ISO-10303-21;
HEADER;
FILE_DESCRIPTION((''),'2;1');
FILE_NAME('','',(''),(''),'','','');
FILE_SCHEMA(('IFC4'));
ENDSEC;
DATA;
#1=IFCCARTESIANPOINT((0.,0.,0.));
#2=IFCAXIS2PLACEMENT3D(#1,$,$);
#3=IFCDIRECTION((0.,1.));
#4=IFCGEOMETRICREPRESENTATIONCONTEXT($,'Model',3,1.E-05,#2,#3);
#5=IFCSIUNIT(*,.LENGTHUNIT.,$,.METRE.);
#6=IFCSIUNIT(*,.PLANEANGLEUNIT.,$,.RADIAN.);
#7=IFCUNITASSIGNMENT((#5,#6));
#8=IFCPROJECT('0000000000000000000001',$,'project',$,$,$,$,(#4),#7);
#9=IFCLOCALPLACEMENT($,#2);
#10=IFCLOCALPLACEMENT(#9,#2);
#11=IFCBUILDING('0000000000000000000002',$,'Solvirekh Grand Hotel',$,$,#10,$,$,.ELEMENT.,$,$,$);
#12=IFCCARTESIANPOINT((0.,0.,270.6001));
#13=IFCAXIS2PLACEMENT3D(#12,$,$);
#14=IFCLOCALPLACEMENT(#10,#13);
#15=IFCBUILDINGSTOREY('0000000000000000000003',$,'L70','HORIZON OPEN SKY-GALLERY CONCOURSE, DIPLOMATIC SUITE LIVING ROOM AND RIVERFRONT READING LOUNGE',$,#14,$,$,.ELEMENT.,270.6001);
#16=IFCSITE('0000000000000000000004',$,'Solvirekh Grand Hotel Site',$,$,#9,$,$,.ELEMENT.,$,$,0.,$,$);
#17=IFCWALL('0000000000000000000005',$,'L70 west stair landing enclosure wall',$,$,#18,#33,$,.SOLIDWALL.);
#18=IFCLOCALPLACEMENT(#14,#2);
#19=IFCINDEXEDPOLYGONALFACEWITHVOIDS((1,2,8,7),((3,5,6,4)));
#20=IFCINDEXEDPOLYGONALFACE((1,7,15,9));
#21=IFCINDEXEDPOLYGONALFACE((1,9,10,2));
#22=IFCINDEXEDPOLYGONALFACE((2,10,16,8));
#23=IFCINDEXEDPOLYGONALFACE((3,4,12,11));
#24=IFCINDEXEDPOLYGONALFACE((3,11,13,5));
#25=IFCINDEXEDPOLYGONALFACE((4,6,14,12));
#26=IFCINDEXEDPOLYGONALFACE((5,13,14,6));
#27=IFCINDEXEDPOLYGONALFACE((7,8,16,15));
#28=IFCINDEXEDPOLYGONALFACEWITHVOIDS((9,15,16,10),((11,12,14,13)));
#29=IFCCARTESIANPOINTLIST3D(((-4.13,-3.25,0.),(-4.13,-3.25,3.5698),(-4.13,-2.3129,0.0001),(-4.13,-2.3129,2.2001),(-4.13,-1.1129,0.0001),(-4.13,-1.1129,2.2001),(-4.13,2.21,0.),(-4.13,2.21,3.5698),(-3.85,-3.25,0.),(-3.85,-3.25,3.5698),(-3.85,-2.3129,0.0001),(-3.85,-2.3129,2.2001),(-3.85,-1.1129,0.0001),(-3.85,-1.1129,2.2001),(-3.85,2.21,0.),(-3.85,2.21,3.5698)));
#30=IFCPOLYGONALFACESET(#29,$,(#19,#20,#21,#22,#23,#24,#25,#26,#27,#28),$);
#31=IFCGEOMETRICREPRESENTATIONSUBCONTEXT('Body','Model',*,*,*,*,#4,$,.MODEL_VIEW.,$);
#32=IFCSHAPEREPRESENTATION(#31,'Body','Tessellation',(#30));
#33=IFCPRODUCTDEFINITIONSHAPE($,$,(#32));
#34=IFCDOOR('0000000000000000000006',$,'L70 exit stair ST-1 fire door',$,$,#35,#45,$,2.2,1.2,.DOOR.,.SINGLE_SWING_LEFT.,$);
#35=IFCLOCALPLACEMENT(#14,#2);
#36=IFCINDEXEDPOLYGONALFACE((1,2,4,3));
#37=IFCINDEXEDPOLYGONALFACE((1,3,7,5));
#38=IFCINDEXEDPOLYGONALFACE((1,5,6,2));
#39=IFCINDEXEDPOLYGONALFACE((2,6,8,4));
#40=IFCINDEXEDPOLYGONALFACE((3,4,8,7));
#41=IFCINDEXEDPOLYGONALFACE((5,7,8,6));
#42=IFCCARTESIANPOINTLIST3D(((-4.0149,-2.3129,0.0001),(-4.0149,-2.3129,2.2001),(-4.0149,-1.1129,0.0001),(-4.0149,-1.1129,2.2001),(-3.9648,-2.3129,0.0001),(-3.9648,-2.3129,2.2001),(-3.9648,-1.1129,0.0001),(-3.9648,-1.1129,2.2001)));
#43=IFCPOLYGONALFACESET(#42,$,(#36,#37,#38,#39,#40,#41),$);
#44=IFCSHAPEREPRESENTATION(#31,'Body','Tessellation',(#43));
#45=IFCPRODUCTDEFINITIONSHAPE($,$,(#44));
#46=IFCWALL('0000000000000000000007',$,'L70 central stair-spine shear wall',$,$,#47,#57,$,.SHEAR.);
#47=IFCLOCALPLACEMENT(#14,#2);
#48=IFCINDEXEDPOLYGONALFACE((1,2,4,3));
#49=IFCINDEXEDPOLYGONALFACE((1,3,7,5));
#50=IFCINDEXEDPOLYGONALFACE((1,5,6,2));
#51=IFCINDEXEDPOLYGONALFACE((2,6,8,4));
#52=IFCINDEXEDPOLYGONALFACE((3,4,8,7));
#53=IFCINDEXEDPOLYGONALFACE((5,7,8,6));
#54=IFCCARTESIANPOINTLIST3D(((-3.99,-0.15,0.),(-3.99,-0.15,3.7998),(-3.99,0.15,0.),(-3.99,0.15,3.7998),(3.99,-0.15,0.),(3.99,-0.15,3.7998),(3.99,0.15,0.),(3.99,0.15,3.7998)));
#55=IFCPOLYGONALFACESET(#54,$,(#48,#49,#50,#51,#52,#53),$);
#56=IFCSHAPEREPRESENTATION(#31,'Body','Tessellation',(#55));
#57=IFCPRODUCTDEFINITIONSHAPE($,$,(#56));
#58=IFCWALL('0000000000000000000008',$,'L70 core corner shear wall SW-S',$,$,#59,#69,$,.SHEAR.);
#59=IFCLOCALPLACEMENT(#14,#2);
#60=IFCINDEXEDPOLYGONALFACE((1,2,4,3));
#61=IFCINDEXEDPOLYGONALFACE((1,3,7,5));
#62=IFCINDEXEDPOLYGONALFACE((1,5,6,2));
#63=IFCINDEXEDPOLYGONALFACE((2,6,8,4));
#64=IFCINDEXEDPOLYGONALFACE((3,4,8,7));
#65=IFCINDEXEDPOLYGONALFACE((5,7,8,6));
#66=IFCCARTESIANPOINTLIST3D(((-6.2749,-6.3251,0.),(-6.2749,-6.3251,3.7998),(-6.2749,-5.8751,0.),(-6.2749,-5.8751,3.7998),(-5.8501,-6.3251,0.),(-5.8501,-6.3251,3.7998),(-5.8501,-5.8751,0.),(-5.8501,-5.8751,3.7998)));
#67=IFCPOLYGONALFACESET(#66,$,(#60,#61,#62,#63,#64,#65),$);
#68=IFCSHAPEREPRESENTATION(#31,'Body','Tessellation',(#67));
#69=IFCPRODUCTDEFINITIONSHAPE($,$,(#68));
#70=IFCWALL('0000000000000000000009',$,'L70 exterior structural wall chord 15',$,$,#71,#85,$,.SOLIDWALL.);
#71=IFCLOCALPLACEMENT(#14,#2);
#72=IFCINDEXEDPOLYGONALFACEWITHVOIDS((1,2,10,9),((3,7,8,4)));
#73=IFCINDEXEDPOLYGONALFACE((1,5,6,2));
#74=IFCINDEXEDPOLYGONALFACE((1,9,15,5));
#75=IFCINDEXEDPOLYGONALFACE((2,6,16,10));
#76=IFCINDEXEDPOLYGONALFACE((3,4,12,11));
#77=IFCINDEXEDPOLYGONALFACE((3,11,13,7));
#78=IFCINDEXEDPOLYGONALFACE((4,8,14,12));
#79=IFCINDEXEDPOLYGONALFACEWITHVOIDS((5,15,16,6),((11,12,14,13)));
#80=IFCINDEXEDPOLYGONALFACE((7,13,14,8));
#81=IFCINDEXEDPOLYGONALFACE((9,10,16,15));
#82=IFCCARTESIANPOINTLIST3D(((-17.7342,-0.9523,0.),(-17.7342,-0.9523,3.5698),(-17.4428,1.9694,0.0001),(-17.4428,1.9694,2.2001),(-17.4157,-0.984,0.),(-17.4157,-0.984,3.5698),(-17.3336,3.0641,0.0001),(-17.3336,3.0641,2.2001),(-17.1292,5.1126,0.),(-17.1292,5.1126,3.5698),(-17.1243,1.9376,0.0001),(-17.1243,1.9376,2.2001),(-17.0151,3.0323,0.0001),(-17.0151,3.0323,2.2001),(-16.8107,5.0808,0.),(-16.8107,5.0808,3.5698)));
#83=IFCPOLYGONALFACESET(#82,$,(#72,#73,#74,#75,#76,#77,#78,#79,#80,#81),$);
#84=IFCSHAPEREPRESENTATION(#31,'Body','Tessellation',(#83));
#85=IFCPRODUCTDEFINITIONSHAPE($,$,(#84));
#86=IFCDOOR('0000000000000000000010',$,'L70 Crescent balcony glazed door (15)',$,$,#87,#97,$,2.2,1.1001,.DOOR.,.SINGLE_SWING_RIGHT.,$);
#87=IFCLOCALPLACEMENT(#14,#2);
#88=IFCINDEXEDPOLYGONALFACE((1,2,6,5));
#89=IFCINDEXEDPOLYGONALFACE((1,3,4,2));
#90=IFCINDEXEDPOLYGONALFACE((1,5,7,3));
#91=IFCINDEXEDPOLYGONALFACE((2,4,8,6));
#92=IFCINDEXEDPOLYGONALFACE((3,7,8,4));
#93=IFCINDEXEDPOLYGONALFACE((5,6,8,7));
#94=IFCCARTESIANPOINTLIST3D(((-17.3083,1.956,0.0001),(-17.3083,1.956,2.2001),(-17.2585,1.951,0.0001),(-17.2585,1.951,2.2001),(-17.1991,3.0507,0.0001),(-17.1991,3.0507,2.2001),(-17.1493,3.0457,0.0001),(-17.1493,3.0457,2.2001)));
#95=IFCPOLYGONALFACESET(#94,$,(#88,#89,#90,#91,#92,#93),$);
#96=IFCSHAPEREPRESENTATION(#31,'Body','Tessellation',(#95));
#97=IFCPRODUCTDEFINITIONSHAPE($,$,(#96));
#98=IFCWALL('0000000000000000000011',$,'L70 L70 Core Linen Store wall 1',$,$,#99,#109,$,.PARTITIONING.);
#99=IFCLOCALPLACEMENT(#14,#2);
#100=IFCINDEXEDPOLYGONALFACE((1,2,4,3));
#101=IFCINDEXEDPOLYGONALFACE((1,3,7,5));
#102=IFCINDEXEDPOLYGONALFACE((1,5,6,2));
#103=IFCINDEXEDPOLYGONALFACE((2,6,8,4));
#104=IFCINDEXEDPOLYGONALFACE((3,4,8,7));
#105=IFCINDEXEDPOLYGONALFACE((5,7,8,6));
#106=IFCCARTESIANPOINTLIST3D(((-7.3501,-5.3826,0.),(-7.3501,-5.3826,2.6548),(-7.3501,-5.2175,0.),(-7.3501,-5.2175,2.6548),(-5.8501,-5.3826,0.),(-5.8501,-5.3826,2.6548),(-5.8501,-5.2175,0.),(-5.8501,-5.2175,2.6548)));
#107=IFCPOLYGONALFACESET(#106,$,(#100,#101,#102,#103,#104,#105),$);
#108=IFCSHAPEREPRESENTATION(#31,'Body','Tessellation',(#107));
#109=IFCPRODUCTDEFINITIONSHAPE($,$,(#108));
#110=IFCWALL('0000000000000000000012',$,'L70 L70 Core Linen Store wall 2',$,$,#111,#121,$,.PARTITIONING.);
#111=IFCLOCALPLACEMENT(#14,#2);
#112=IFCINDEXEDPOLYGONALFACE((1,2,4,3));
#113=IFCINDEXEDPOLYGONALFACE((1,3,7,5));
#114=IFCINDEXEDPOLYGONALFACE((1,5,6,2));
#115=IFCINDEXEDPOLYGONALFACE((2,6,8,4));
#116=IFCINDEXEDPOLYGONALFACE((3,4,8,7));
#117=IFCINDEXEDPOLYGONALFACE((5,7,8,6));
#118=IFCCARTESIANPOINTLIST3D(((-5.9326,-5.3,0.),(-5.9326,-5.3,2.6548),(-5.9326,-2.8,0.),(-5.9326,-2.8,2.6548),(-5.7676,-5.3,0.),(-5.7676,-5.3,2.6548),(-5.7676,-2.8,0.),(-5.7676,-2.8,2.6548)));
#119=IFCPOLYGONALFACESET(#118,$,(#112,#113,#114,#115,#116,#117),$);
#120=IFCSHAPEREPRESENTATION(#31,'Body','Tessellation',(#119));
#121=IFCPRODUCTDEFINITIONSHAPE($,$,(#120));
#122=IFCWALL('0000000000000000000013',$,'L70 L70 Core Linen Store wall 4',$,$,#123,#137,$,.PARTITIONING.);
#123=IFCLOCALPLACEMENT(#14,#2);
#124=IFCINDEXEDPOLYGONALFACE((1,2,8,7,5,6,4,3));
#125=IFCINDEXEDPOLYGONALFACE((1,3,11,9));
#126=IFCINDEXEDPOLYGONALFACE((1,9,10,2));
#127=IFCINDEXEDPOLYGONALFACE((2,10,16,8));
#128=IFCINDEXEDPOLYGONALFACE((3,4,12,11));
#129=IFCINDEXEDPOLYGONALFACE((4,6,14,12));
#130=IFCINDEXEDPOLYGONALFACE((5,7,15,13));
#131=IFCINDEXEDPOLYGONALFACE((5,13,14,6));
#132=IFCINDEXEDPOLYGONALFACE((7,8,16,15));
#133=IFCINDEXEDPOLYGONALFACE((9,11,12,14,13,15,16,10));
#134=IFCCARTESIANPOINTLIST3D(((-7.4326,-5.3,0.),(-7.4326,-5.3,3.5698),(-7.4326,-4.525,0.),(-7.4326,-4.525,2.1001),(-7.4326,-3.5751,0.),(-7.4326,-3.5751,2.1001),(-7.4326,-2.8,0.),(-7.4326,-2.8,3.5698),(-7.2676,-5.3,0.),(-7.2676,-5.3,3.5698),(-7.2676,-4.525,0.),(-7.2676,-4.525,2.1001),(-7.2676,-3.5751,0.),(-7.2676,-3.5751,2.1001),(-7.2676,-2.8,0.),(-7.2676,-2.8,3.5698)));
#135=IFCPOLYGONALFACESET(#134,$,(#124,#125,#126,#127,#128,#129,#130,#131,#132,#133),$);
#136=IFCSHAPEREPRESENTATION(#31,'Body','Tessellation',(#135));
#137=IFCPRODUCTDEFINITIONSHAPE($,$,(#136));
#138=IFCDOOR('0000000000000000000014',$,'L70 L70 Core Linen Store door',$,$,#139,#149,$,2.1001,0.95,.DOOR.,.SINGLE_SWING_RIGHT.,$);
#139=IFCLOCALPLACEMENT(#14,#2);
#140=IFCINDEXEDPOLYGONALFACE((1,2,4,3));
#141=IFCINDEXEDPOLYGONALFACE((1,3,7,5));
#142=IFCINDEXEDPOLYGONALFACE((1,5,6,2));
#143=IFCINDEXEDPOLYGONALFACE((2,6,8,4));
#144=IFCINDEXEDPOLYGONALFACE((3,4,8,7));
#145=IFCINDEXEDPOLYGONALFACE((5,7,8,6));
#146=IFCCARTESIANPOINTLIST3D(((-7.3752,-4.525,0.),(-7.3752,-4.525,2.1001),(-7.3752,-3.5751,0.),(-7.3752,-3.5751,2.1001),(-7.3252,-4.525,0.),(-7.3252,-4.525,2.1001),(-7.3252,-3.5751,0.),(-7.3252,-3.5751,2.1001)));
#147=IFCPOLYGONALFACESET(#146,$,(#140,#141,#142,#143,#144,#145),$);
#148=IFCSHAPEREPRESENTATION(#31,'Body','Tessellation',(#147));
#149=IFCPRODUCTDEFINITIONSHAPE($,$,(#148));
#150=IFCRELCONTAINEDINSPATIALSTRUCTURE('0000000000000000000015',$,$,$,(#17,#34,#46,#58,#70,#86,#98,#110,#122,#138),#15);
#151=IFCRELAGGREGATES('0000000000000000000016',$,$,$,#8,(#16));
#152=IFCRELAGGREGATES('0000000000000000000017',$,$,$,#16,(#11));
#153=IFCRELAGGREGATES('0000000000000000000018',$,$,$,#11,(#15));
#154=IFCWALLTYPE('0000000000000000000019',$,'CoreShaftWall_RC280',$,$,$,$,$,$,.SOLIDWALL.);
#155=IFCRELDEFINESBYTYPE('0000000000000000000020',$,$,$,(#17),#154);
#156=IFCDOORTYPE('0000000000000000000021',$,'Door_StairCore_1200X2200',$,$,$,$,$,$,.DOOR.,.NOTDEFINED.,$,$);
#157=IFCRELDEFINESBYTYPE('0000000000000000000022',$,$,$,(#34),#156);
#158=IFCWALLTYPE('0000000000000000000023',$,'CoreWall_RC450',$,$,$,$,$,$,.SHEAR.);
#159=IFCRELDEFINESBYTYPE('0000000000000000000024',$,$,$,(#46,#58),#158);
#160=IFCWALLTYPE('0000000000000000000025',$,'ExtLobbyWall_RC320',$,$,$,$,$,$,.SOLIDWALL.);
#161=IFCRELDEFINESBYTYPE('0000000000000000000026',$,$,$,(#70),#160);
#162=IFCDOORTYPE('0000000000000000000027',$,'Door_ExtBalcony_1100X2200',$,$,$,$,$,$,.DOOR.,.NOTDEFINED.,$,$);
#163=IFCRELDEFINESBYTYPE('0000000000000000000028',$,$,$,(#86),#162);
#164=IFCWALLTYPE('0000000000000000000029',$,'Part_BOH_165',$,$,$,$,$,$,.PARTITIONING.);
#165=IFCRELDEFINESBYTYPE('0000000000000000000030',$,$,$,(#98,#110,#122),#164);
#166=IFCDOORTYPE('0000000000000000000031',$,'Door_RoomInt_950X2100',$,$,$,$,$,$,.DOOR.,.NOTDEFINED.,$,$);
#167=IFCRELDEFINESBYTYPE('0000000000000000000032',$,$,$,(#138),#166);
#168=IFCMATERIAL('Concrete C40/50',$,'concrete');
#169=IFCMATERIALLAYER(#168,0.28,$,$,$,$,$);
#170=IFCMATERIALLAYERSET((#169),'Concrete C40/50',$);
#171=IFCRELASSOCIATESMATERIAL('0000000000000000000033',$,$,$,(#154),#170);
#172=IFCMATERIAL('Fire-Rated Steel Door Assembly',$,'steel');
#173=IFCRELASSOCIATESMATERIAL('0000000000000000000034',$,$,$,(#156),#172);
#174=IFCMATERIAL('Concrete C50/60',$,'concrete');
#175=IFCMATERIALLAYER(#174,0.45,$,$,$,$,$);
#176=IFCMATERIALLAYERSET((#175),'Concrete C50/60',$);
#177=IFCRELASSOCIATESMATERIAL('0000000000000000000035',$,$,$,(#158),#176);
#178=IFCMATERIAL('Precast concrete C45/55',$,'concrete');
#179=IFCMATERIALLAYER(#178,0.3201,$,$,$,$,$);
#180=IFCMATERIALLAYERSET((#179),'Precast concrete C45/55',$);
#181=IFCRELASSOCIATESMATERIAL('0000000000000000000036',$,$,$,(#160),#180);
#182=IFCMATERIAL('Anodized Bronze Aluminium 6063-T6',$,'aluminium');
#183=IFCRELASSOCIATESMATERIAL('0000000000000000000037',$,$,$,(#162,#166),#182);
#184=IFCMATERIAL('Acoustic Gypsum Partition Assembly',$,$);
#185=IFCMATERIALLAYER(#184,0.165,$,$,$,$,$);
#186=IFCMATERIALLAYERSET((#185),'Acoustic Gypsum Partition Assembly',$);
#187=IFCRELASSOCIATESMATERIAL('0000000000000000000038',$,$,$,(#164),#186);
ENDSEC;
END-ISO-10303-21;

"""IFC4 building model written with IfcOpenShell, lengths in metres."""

from ifc_helpers import new_model, si_unit, direction, frame, frame_2d, origin, place, context, subcontext, project, spatial, rectangle, extrude, material, layer, layer_set, type_object, element, fill, save


model = new_model("IFC4")

# Units and contexts
model_context = context("Model", 3, precision=1e-05, world=origin(), true_north=direction((0.0, 1.0)))
body_context = subcontext(model_context, "Body", "Model", "MODEL_VIEW")
ifc_project = project(units=[si_unit("LENGTHUNIT", "METRE"), si_unit("PLANEANGLEUNIT", "RADIAN")], contexts=[model_context])

# Site, building, storey
site_placement = place(None, origin())
site = spatial("IfcSite", under=ifc_project, at=site_placement, Name="Solvirekh Grand Hotel Site", CompositionType="ELEMENT", RefElevation=0.0)
building_placement = place(site_placement, origin())
building = spatial("IfcBuilding", under=site, at=building_placement, Name="Solvirekh Grand Hotel", CompositionType="ELEMENT")
storey_placement = place(building_placement, frame((0.0, 0.0, 270.6001)))
storey = spatial("IfcBuildingStorey", under=building, at=storey_placement, Name="L70", Description="HORIZON OPEN SKY-GALLERY CONCOURSE, DIPLOMATIC SUITE LIVING ROOM AND RIVERFRONT READING LOUNGE", CompositionType="ELEMENT", Elevation=270.6001)

# Shared definitions
ifc_material_1 = material(Name="Concrete C50/60", Category="concrete")

# Shared definitions
ifc_material_2 = material(Name="Concrete C40/50", Category="concrete")

# Wall, opening, door
ifc_layer_1 = layer(ifc_material_2, 0.28)
ifc_layer_set_1 = layer_set([ifc_layer_1], Name="Concrete C40/50")
wall_type_1 = type_object("IfcWallType", Name="CoreShaftWall_RC280", PredefinedType="SOLIDWALL", material=ifc_layer_set_1)
wall_1_placement = place(storey_placement, frame((-3.99, -3.25, 0.0), z_axis=(0.0, 0.0, 1.0), x_axis=(0.0, 1.0, 0.0)))
wall_1 = element("IfcWall", 1, at=wall_1_placement, inside=storey, type_object=wall_type_1, Name="L70 west stair landing enclosure wall", PredefinedType="SOLIDWALL", context=body_context, shape_type="SweptSolid", body=[
    extrude(rectangle(XDim=5.46, YDim=0.28, at=frame_2d((2.73, 0.0))), origin(), (0.0, 0.0, 1.0), 3.5698),
])
opening_1_placement = place(wall_1_placement, frame((0.937, 0.0, 0.0)))
opening_1 = element("IfcOpeningElement", 2, at=opening_1_placement, cuts=wall_1, PredefinedType="OPENING", context=body_context, shape_type="SweptSolid", body=[
    extrude(rectangle(XDim=1.2, YDim=2.2, at=frame_2d((0.6001, 1.1001))), frame((0.0, 0.1499, 0.0), z_axis=(0.0, -1.0, 0.0), x_axis=(1.0, 0.0, 0.0)), (0.0, 0.0, 1.0), 0.3),
])
ifc_material_3 = material(Name="Fire-Rated Steel Door Assembly", Category="steel")
door_type_1 = type_object("IfcDoorType", Name="Door_StairCore_1200X2200", OperationType="NOTDEFINED", PredefinedType="DOOR", material=ifc_material_3)
door_1_placement = place(opening_1_placement, origin())
door_1 = element("IfcDoor", 3, at=door_1_placement, inside=storey, type_object=door_type_1, Name="L70 exit stair ST-1 fire door", OperationType="SINGLE_SWING_LEFT", OverallHeight=2.2, OverallWidth=1.2, PredefinedType="DOOR", context=body_context, shape_type="SweptSolid", body=[
    extrude(rectangle(XDim=1.2, YDim=2.2, at=frame_2d((0.6001, 1.1001))), frame((0.0, 0.0249, 0.0), z_axis=(0.0, -1.0, 0.0), x_axis=(1.0, 0.0, 0.0)), (0.0, 0.0, 1.0), 0.05),
])
fill(opening_1, door_1)

# Walls
ifc_layer_2 = layer(ifc_material_1, 0.45)
ifc_layer_set_2 = layer_set([ifc_layer_2], Name="Concrete C50/60")
wall_type_2 = type_object("IfcWallType", Name="CoreWall_RC450", PredefinedType="SHEAR", material=ifc_layer_set_2)
wall_2_placement = place(storey_placement, frame((-3.99, 0.0, 0.0), z_axis=(0.0, 0.0, 1.0), x_axis=(1.0, 0.0, 0.0)))
element("IfcWall", 4, at=wall_2_placement, inside=storey, type_object=wall_type_2, Name="L70 central stair-spine shear wall", PredefinedType="SHEAR", context=body_context, shape_type="SweptSolid", body=[
    extrude(rectangle(XDim=7.98, YDim=0.3, at=frame_2d((3.99, 0.0))), origin(), (0.0, 0.0, 1.0), 3.7998),
])
wall_3_placement = place(storey_placement, frame((-6.2749, -6.1001, 0.0), z_axis=(0.0, 0.0, 1.0), x_axis=(1.0, 0.0, 0.0)))
element("IfcWall", 5, at=wall_3_placement, inside=storey, type_object=wall_type_2, Name="L70 core corner shear wall SW-S", PredefinedType="SHEAR", context=body_context, shape_type="SweptSolid", body=[
    extrude(rectangle(XDim=0.4248, YDim=0.45, at=frame_2d((0.2124, 0.0))), origin(), (0.0, 0.0, 1.0), 3.7998),
])

# Wall, opening, door
ifc_material_4 = material(Name="Precast concrete C45/55", Category="concrete")
ifc_layer_3 = layer(ifc_material_4, 0.3201)
ifc_layer_set_3 = layer_set([ifc_layer_3], Name="Precast concrete C45/55")
wall_type_3 = type_object("IfcWallType", Name="ExtLobbyWall_RC320", PredefinedType="SOLIDWALL", material=ifc_layer_set_3)
wall_4_placement = place(storey_placement, frame((-17.575, -0.968, 0.0), z_axis=(0.0, 0.0, 1.0), x_axis=(0.099258, 0.995062, 0.0)))
wall_4 = element("IfcWall", 6, at=wall_4_placement, inside=storey, type_object=wall_type_3, Name="L70 exterior structural wall chord 15", PredefinedType="SOLIDWALL", context=body_context, shape_type="SweptSolid", body=[
    extrude(rectangle(XDim=6.095, YDim=0.3201, at=frame_2d((3.0474, 0.0))), origin(), (0.0, 0.0, 1.0), 3.5698),
])
opening_2_placement = place(wall_4_placement, frame((2.936, 0.0, 0.0)))
opening_2 = element("IfcOpeningElement", 7, at=opening_2_placement, cuts=wall_4, PredefinedType="OPENING", context=body_context, shape_type="SweptSolid", body=[
    extrude(rectangle(XDim=1.1001, YDim=2.2, at=frame_2d((0.55, 1.1001))), frame((0.0, 0.1699, 0.0), z_axis=(0.0, -1.0, 0.0), x_axis=(1.0, 0.0, 0.0)), (0.0, 0.0, 1.0), 0.3401),
])
ifc_material_5 = material(Name="Anodized Bronze Aluminium 6063-T6", Category="aluminium")
door_type_2 = type_object("IfcDoorType", Name="Door_ExtBalcony_1100X2200", OperationType="NOTDEFINED", PredefinedType="DOOR", material=ifc_material_5)
door_2_placement = place(opening_2_placement, origin())
door_2 = element("IfcDoor", 8, at=door_2_placement, inside=storey, type_object=door_type_2, Name="L70 Crescent balcony glazed door (15)", OperationType="SINGLE_SWING_RIGHT", OverallHeight=2.2, OverallWidth=1.1001, PredefinedType="DOOR", context=body_context, shape_type="SweptSolid", body=[
    extrude(rectangle(XDim=1.1001, YDim=2.2, at=frame_2d((0.55, 1.1001))), frame((0.0, 0.0249, 0.0), z_axis=(0.0, -1.0, 0.0), x_axis=(1.0, 0.0, 0.0)), (0.0, 0.0, 1.0), 0.05),
])
fill(opening_2, door_2)

# Walls
ifc_material_6 = material(Name="Acoustic Gypsum Partition Assembly")
ifc_layer_4 = layer(ifc_material_6, 0.165)
ifc_layer_set_4 = layer_set([ifc_layer_4], Name="Acoustic Gypsum Partition Assembly")
wall_type_4 = type_object("IfcWallType", Name="Part_BOH_165", PredefinedType="PARTITIONING", material=ifc_layer_set_4)
wall_5_placement = place(storey_placement, frame((-7.3501, -5.3, 0.0), z_axis=(0.0, 0.0, 1.0), x_axis=(1.0, 0.0, 0.0)))
element("IfcWall", 9, at=wall_5_placement, inside=storey, type_object=wall_type_4, Name="L70 L70 Core Linen Store wall 1", PredefinedType="PARTITIONING", context=body_context, shape_type="SweptSolid", body=[
    extrude(rectangle(XDim=1.5, YDim=0.165, at=frame_2d((0.75, 0.0))), origin(), (0.0, 0.0, 1.0), 2.6548),
])
wall_6_placement = place(storey_placement, frame((-5.8501, -5.3, 0.0), z_axis=(0.0, 0.0, 1.0), x_axis=(0.0, 1.0, 0.0)))
element("IfcWall", 10, at=wall_6_placement, inside=storey, type_object=wall_type_4, Name="L70 L70 Core Linen Store wall 2", PredefinedType="PARTITIONING", context=body_context, shape_type="SweptSolid", body=[
    extrude(rectangle(XDim=2.5, YDim=0.165, at=frame_2d((1.25, 0.0))), origin(), (0.0, 0.0, 1.0), 2.6548),
])

# Wall, opening, door
wall_7_placement = place(storey_placement, frame((-7.3501, -2.8, 0.0), z_axis=(0.0, 0.0, 1.0), x_axis=(0.0, -1.0, 0.0)))
wall_7 = element("IfcWall", 11, at=wall_7_placement, inside=storey, type_object=wall_type_4, Name="L70 L70 Core Linen Store wall 4", PredefinedType="PARTITIONING", context=body_context, shape_type="SweptSolid", body=[
    extrude(rectangle(XDim=2.5, YDim=0.165, at=frame_2d((1.25, 0.0))), origin(), (0.0, 0.0, 1.0), 3.5698),
])
opening_3_placement = place(wall_7_placement, frame((0.7749, 0.0, 0.0)))
opening_3 = element("IfcOpeningElement", 12, at=opening_3_placement, cuts=wall_7, PredefinedType="OPENING", context=body_context, shape_type="SweptSolid", body=[
    extrude(rectangle(XDim=0.95, YDim=2.1001, at=frame_2d((0.4751, 1.05))), frame((0.0, 0.0925, 0.0), z_axis=(0.0, -1.0, 0.0), x_axis=(1.0, 0.0, 0.0)), (0.0, 0.0, 1.0), 0.1851),
])
door_type_3 = type_object("IfcDoorType", Name="Door_RoomInt_950X2100", OperationType="NOTDEFINED", PredefinedType="DOOR", material=ifc_material_5)
door_3_placement = place(opening_3_placement, origin())
door_3 = element("IfcDoor", 13, at=door_3_placement, inside=storey, type_object=door_type_3, Name="L70 L70 Core Linen Store door", OperationType="SINGLE_SWING_RIGHT", OverallHeight=2.1001, OverallWidth=0.95, PredefinedType="DOOR", context=body_context, shape_type="SweptSolid", body=[
    extrude(rectangle(XDim=0.95, YDim=2.1001, at=frame_2d((0.4751, 1.05))), frame((0.0, 0.0249, 0.0), z_axis=(0.0, -1.0, 0.0), x_axis=(1.0, 0.0, 0.0)), (0.0, 0.0, 1.0), 0.05),
])
fill(opening_3, door_3)

save(model, "model.ifc")
